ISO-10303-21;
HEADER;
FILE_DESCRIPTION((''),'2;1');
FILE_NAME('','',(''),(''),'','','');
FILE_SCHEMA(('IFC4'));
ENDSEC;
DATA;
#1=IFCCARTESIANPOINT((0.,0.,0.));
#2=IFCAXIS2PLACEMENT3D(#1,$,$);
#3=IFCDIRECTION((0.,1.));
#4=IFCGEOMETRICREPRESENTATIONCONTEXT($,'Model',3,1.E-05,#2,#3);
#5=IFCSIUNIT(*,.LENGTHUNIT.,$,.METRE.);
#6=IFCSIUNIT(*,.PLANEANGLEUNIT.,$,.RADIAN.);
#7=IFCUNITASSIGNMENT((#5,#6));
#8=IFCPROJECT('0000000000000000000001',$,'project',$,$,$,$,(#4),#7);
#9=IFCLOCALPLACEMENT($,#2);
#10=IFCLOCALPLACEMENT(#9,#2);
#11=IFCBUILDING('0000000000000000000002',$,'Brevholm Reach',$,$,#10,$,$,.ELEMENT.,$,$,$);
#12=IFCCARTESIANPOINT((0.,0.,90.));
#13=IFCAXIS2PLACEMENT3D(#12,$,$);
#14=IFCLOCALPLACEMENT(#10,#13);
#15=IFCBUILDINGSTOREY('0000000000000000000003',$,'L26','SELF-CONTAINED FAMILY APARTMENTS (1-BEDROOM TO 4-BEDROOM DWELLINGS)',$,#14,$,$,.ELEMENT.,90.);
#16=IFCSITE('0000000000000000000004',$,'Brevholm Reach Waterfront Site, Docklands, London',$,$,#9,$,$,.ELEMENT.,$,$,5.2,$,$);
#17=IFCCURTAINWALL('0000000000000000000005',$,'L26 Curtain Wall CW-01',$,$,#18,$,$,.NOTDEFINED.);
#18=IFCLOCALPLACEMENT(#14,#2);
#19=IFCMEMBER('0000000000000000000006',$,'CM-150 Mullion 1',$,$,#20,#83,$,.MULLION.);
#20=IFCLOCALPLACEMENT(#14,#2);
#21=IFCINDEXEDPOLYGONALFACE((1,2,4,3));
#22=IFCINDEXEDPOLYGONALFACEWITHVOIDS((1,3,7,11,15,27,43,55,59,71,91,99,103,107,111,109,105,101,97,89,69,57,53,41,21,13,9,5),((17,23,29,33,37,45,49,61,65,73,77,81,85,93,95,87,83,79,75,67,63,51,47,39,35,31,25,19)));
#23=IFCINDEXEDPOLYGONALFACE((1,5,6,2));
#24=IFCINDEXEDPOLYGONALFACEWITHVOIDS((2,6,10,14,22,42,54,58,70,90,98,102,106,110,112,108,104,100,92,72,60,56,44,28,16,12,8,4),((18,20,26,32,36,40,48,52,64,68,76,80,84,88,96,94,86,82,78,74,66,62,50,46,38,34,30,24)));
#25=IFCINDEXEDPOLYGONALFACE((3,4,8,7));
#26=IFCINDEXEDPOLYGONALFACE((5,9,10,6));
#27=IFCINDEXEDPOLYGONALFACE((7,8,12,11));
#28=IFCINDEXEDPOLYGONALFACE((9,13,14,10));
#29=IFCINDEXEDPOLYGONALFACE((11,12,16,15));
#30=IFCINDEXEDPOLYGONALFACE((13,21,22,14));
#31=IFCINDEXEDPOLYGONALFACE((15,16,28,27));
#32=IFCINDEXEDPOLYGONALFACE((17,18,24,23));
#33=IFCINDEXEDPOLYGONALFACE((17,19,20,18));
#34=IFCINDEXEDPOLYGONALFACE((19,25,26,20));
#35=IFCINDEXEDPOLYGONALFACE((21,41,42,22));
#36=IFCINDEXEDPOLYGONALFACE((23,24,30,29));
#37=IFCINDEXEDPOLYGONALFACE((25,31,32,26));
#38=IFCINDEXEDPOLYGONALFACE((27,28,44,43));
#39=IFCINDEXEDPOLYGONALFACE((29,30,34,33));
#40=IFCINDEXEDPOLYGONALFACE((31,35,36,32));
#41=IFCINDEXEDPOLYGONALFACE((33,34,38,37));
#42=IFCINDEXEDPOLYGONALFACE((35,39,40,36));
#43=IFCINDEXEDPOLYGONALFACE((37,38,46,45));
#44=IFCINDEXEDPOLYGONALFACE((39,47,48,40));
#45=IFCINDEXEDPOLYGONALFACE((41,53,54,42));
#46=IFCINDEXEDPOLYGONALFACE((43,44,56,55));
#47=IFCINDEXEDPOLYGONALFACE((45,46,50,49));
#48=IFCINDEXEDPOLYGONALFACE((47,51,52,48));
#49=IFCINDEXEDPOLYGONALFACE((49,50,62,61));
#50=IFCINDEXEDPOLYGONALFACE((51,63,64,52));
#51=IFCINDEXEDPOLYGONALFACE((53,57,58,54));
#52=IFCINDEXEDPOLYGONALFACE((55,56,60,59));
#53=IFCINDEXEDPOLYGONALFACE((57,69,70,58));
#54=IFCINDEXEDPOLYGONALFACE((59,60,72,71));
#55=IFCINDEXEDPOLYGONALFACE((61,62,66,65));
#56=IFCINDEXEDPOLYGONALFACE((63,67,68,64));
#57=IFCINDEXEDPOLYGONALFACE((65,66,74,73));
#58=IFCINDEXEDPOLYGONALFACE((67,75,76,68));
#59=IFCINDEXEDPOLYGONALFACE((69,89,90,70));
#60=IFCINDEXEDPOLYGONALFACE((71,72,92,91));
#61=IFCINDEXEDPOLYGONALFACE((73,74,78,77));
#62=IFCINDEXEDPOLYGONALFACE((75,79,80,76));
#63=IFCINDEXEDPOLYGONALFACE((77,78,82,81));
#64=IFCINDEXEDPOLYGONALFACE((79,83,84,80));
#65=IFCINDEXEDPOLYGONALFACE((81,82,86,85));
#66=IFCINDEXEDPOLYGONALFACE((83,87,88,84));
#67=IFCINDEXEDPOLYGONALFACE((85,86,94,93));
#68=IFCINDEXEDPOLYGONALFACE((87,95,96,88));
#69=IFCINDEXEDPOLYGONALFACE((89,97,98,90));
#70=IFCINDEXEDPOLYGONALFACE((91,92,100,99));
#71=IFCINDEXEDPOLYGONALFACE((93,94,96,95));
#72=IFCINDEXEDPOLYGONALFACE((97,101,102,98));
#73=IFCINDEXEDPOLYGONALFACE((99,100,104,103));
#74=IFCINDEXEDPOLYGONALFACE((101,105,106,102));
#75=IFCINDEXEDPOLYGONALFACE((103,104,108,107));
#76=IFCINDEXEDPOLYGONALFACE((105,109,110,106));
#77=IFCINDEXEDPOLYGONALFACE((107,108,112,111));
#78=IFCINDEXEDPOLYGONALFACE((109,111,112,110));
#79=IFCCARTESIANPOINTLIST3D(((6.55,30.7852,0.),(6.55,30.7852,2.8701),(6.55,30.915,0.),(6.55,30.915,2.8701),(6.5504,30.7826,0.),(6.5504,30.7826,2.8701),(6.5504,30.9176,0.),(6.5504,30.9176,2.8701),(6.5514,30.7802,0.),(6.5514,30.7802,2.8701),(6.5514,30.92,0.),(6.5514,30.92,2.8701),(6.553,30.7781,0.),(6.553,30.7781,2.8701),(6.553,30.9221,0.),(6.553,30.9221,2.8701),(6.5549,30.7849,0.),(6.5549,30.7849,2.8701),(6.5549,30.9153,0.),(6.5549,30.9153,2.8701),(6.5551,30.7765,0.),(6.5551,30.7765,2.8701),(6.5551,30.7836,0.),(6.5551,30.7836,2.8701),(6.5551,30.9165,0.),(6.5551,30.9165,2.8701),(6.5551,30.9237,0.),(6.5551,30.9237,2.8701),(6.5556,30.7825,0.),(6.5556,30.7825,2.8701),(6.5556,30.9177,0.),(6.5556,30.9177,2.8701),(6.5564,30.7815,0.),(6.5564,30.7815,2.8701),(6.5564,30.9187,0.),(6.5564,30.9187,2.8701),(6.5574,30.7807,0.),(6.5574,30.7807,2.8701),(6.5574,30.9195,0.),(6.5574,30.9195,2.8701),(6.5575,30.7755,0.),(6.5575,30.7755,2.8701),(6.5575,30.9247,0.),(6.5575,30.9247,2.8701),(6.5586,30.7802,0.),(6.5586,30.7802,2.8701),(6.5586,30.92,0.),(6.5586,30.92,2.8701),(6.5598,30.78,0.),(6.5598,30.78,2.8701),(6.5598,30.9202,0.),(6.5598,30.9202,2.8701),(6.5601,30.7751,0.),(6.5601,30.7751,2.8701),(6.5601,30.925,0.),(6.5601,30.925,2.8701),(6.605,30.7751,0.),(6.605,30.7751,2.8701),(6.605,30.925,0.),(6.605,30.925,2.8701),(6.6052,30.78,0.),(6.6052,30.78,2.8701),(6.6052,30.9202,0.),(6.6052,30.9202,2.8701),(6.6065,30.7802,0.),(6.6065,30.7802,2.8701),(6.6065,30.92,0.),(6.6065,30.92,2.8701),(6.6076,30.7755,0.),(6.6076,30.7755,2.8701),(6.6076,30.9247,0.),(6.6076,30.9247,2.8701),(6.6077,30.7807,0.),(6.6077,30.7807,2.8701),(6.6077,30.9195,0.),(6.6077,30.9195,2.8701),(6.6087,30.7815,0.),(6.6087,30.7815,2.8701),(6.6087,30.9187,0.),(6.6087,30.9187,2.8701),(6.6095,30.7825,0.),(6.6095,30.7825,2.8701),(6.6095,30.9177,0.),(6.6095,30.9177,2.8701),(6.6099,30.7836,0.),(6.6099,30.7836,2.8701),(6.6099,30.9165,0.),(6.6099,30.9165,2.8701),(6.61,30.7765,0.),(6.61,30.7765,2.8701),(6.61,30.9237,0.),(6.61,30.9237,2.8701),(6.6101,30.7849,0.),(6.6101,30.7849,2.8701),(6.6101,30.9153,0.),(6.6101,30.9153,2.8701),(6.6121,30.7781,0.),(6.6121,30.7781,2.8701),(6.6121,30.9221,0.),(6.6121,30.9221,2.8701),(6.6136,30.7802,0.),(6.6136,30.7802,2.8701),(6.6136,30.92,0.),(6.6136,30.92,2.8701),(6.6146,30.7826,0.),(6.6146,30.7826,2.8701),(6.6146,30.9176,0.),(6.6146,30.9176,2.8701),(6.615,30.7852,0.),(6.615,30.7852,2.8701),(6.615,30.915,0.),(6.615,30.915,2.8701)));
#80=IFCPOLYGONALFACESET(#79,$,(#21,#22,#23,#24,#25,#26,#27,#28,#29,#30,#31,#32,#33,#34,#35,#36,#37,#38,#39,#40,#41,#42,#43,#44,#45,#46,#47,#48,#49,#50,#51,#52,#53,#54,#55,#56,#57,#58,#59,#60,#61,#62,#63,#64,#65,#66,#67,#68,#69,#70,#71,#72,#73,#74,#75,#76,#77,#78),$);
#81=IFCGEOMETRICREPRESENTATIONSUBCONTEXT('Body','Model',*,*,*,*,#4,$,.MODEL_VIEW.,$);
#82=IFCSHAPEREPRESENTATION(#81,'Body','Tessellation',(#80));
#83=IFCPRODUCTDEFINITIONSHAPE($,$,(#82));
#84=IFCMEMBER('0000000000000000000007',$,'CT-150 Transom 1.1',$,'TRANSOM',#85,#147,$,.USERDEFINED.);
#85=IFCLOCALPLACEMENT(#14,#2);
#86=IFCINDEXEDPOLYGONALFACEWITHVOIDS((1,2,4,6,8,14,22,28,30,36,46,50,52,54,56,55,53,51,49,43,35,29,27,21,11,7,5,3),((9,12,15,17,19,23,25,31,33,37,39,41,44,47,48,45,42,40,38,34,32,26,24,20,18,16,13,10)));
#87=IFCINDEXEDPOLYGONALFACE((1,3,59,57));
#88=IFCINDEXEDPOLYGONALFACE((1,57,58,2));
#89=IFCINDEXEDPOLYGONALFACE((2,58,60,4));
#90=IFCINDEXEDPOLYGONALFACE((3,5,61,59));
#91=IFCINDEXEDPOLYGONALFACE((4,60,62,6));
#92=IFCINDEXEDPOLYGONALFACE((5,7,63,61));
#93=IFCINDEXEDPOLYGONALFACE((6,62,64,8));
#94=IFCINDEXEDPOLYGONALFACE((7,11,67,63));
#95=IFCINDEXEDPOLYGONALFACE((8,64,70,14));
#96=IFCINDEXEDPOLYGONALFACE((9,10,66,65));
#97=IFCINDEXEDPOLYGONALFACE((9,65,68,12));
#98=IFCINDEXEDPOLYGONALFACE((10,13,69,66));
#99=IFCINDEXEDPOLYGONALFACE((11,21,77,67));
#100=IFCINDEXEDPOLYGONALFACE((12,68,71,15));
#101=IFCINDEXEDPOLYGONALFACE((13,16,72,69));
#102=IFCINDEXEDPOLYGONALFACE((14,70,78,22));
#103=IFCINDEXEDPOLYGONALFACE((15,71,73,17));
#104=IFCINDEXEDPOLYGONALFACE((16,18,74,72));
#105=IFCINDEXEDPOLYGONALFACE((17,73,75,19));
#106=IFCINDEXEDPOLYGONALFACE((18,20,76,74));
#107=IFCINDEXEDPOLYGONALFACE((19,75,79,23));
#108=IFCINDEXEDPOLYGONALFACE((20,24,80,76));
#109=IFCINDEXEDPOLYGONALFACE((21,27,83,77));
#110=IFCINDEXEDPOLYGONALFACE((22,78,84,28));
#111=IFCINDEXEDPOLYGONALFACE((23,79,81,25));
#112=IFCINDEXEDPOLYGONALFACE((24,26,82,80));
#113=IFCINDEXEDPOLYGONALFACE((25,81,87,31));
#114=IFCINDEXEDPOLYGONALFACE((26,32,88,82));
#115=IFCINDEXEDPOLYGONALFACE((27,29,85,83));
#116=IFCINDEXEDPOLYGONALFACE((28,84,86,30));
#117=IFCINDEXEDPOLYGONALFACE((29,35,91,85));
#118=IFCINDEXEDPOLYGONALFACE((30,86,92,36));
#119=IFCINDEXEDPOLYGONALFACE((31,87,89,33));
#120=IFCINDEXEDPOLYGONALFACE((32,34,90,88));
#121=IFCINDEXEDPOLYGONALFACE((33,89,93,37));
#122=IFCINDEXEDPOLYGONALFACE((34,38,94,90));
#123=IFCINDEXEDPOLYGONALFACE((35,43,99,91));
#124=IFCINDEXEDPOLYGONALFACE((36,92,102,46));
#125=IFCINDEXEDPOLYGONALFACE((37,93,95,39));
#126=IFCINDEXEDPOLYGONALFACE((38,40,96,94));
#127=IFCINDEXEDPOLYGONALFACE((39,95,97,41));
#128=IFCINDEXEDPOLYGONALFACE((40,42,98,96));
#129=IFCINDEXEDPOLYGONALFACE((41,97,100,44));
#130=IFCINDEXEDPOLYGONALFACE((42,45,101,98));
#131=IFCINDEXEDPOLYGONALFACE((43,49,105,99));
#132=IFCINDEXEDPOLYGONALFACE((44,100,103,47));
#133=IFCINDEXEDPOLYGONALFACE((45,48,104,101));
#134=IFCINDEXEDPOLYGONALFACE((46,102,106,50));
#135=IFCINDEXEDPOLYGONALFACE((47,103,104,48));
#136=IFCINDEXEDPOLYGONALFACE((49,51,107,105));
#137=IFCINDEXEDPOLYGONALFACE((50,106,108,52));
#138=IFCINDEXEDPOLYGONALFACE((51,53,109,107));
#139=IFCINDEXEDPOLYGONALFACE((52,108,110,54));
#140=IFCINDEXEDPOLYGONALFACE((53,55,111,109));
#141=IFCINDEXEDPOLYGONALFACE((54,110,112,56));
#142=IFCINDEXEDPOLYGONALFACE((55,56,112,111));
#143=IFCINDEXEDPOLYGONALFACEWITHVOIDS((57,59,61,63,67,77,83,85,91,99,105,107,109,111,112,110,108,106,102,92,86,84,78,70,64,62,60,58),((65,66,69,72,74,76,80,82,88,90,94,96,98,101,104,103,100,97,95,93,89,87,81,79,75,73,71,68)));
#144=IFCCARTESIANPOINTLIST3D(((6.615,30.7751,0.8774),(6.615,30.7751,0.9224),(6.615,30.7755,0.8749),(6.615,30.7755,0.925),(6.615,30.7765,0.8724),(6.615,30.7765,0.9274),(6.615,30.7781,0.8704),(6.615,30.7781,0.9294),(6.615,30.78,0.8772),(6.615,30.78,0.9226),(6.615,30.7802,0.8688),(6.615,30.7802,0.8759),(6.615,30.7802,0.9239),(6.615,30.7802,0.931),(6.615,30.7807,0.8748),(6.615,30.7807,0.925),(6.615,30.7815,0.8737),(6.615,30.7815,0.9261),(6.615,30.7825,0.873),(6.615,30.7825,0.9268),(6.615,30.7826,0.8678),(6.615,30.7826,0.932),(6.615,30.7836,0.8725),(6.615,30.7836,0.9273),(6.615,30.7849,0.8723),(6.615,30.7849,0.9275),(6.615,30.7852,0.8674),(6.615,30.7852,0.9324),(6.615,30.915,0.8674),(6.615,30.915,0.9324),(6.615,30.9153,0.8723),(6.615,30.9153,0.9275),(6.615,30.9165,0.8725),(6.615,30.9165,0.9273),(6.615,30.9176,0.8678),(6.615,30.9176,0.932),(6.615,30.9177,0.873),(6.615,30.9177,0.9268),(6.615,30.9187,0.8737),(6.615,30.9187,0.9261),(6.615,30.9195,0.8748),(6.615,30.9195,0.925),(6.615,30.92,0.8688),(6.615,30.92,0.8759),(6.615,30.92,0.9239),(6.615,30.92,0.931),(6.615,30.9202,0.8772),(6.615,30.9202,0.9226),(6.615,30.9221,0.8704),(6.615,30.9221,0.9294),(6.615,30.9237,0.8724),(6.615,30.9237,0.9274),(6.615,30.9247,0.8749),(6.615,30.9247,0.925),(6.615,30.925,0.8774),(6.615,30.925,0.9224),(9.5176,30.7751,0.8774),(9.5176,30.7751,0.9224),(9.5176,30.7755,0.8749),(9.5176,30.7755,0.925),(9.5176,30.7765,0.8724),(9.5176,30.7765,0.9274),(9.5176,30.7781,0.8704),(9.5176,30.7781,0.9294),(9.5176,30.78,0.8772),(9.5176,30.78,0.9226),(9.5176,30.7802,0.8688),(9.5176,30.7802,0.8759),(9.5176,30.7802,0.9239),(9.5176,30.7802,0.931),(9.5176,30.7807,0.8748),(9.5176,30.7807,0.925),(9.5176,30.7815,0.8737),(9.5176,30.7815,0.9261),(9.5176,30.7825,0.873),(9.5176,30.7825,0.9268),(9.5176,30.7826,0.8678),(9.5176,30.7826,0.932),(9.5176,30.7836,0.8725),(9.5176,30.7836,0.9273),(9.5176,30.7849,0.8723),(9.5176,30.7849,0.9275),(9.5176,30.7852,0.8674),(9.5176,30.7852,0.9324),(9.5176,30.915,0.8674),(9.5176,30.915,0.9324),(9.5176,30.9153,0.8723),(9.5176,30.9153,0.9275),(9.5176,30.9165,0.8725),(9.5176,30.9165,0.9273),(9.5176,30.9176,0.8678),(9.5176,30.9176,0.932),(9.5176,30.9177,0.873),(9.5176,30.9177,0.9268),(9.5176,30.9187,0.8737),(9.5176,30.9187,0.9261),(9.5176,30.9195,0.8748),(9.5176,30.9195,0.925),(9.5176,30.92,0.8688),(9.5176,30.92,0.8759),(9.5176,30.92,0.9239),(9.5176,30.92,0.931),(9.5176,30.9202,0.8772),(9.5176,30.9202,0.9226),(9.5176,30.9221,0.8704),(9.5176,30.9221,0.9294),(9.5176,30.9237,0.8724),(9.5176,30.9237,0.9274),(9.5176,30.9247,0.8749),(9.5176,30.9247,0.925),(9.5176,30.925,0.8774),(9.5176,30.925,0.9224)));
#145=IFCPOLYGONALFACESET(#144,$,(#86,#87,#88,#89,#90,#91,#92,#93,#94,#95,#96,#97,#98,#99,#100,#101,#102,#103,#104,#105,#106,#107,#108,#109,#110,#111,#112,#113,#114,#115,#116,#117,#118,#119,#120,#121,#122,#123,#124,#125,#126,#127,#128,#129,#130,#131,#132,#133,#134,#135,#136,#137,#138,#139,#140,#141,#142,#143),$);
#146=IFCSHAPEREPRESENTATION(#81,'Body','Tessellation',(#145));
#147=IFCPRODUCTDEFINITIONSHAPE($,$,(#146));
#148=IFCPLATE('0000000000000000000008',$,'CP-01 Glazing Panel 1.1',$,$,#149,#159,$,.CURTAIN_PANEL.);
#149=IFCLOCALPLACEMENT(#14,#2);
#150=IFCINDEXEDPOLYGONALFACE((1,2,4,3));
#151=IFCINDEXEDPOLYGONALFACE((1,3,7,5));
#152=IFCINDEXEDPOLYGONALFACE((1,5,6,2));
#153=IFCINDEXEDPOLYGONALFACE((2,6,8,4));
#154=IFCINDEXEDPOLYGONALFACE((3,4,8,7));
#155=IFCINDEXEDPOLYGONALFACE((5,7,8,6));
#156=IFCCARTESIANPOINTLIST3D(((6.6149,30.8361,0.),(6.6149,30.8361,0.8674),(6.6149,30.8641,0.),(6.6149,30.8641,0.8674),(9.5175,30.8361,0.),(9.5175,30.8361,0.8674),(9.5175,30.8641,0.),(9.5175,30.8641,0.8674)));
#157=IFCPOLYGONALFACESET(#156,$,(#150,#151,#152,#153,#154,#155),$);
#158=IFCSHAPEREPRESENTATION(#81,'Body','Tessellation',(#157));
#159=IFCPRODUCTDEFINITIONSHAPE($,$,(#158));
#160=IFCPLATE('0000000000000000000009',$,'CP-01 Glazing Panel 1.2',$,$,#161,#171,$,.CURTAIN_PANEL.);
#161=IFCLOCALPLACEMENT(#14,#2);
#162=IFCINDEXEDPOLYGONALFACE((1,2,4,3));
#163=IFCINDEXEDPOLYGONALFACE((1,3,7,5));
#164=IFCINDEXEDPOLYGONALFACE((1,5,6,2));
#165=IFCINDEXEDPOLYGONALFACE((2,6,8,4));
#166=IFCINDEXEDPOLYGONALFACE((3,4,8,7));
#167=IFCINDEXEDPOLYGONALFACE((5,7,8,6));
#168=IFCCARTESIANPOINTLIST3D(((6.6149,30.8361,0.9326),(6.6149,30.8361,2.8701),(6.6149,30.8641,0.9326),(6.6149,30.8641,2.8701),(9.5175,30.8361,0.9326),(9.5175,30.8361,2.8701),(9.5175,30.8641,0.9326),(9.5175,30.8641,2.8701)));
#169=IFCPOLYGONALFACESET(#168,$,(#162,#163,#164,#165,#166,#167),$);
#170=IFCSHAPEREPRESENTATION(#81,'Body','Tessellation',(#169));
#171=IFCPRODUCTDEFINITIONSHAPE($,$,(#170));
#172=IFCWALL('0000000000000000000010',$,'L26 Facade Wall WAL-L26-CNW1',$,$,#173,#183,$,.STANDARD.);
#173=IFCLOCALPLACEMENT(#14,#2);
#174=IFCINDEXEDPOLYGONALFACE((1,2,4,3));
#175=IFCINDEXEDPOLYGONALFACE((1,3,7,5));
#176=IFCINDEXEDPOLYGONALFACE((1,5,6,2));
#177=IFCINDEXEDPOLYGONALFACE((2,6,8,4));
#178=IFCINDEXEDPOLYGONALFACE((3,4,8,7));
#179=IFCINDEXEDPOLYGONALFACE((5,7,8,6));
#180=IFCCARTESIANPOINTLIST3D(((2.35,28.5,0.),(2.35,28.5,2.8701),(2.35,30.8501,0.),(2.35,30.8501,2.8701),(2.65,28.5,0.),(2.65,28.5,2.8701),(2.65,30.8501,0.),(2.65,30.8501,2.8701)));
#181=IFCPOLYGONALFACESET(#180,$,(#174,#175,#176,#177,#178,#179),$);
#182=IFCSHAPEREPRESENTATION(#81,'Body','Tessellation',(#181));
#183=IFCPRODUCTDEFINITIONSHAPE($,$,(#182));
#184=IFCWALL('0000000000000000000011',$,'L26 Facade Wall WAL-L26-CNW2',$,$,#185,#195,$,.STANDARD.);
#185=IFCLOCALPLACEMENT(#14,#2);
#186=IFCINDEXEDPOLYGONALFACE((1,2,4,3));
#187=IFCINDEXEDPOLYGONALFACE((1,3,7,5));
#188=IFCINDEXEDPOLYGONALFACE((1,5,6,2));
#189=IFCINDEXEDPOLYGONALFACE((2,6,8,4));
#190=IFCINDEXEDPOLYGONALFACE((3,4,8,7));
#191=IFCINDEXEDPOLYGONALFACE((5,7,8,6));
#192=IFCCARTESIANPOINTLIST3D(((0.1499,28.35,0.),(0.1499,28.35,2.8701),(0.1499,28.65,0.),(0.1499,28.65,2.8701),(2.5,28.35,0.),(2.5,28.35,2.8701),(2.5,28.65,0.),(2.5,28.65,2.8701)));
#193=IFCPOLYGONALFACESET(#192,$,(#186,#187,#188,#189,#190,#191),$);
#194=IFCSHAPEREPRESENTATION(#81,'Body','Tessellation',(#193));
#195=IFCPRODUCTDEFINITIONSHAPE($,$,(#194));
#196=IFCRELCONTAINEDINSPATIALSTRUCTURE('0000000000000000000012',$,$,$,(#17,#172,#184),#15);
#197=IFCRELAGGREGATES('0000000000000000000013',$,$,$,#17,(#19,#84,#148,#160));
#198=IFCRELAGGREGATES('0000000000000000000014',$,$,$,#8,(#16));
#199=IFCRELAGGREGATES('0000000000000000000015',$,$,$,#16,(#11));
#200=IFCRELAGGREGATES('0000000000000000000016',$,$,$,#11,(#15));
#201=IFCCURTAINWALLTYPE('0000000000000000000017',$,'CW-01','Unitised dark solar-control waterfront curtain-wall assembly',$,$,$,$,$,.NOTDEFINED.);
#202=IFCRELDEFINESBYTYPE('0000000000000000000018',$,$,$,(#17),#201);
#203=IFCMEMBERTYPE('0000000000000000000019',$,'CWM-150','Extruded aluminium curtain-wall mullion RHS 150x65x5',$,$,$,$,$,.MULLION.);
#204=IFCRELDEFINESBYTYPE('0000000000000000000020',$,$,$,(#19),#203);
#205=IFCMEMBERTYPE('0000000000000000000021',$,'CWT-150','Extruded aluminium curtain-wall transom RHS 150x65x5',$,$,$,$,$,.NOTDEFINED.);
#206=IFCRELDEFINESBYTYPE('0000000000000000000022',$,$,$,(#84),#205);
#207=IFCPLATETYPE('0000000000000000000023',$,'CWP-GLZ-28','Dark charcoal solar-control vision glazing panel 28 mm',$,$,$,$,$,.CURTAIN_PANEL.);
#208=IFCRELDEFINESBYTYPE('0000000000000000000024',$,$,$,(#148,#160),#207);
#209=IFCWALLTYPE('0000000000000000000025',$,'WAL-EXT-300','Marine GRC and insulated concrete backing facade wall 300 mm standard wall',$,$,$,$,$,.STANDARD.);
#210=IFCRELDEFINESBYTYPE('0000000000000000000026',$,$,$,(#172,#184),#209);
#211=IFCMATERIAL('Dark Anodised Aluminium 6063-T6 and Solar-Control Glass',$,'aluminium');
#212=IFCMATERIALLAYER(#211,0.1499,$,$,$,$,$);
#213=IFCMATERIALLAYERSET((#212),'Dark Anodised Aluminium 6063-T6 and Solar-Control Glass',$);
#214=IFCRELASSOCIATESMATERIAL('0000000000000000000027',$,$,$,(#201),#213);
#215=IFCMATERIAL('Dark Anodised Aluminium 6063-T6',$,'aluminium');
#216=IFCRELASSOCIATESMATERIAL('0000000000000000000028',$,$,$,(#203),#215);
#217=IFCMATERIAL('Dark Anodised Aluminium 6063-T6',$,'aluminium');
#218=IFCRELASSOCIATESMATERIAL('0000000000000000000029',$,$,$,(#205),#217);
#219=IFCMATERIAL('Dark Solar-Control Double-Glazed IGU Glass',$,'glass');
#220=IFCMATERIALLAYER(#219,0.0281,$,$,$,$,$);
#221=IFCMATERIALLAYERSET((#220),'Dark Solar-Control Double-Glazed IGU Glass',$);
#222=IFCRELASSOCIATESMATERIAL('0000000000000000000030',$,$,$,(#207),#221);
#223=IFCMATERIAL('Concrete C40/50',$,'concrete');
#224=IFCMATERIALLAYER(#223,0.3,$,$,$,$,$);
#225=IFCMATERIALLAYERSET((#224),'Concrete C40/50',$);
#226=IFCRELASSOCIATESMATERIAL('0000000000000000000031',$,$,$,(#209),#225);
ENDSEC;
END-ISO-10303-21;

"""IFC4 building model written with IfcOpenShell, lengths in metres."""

from ifc_helpers import new_model, si_unit, direction, frame, frame_2d, origin, origin_2d, place, context, subcontext, project, spatial, rectangle, hollow_rectangle, extrude, material, layer, layer_set, material_profile, profile_set, type_object, element, aggregate, save


model = new_model("IFC4")

# Units and contexts
model_context = context("Model", 3, precision=1e-05, world=origin(), true_north=direction((0.0, 1.0)))
body_context = subcontext(model_context, "Body", "Model", "MODEL_VIEW")
ifc_project = project(units=[si_unit("LENGTHUNIT", "METRE"), si_unit("PLANEANGLEUNIT", "RADIAN")], contexts=[model_context])

# Site, building, storey
site_placement = place(None, origin())
site = spatial("IfcSite", under=ifc_project, at=site_placement, Name="Brevholm Reach Waterfront Site, Docklands, London", CompositionType="ELEMENT", RefElevation=5.2)
building_placement = place(site_placement, origin())
building = spatial("IfcBuilding", under=site, at=building_placement, Name="Brevholm Reach", CompositionType="ELEMENT")
storey_placement = place(building_placement, frame((0.0, 0.0, 90.0)))
storey = spatial("IfcBuildingStorey", under=building, at=storey_placement, Name="L26", Description="SELF-CONTAINED FAMILY APARTMENTS (1-BEDROOM TO 4-BEDROOM DWELLINGS)", CompositionType="ELEMENT", Elevation=90.0)

# Curtain wall, members, plates
ifc_material_1 = material(Name="Dark Anodised Aluminium 6063-T6 and Solar-Control Glass", Category="aluminium")
ifc_layer_1 = layer(ifc_material_1, 0.1499)
ifc_layer_set_1 = layer_set([ifc_layer_1], Name="Dark Anodised Aluminium 6063-T6 and Solar-Control Glass")
curtain_wall_type = type_object("IfcCurtainWallType", Name="CW-01", Description="Unitised dark solar-control waterfront curtain-wall assembly", PredefinedType="NOTDEFINED", material=ifc_layer_set_1)
curtain_wall_placement = place(storey_placement, origin())
curtain_wall = element("IfcCurtainWall", 1, at=curtain_wall_placement, inside=storey, type_object=curtain_wall_type, Name="L26 Curtain Wall CW-01", PredefinedType="NOTDEFINED")
ifc_material_2 = material(Name="Dark Anodised Aluminium 6063-T6", Category="aluminium")
ifc_material_profile_1 = material_profile(ifc_material_2, hollow_rectangle(XDim=0.0649, YDim=0.1499, WallThickness=0.0049, InnerFilletRadius=0.0049, OuterFilletRadius=0.01, at=origin_2d()), Name="RHS 150x65x5")
ifc_profile_set_1 = profile_set([ifc_material_profile_1], Name="Dark Anodised Aluminium 6063-T6")
member_type_1 = type_object("IfcMemberType", Name="CWM-150", Description="Extruded aluminium curtain-wall mullion RHS 150x65x5", PredefinedType="MULLION", material=ifc_profile_set_1)
member_1_placement = place(storey_placement, frame((6.5825, 30.8501, 0.0), z_axis=(0.0, 0.0, 1.0), x_axis=(1.0, 0.0, 0.0)))
member_1 = element("IfcMember", 2, at=member_1_placement, type_object=member_type_1, Name="CM-150 Mullion 1", PredefinedType="MULLION", context=body_context, shape_type="SweptSolid", body=[
    extrude(hollow_rectangle(XDim=0.0649, YDim=0.1499, WallThickness=0.0049, InnerFilletRadius=0.0049, OuterFilletRadius=0.01, at=origin_2d()), origin(), (0.0, 0.0, 1.0), 2.8701),
])
ifc_material_3 = material(Name="Dark Anodised Aluminium 6063-T6", Category="aluminium")
ifc_material_profile_2 = material_profile(ifc_material_3, hollow_rectangle(XDim=0.0649, YDim=0.1499, WallThickness=0.0049, InnerFilletRadius=0.0049, OuterFilletRadius=0.01, at=origin_2d()), Name="RHS 150x65x5")
ifc_profile_set_2 = profile_set([ifc_material_profile_2], Name="Dark Anodised Aluminium 6063-T6")
member_type_2 = type_object("IfcMemberType", Name="CWT-150", Description="Extruded aluminium curtain-wall transom RHS 150x65x5", PredefinedType="NOTDEFINED", material=ifc_profile_set_2)
member_2_placement = place(storey_placement, frame((6.615, 30.8501, 0.8999), z_axis=(1.0, 0.0, 0.0), x_axis=(0.0, 0.0, 1.0)))
member_2 = element("IfcMember", 3, at=member_2_placement, type_object=member_type_2, Name="CT-150 Transom 1.1", ObjectType="TRANSOM", PredefinedType="USERDEFINED", context=body_context, shape_type="SweptSolid", body=[
    extrude(hollow_rectangle(XDim=0.0649, YDim=0.1499, WallThickness=0.0049, InnerFilletRadius=0.0049, OuterFilletRadius=0.01, at=origin_2d()), origin(), (0.0, 0.0, 1.0), 2.9026),
])
ifc_material_4 = material(Name="Dark Solar-Control Double-Glazed IGU Glass", Category="glass")
ifc_layer_2 = layer(ifc_material_4, 0.0281)
ifc_layer_set_2 = layer_set([ifc_layer_2], Name="Dark Solar-Control Double-Glazed IGU Glass")
plate_type = type_object("IfcPlateType", Name="CWP-GLZ-28", Description="Dark charcoal solar-control vision glazing panel 28 mm", PredefinedType="CURTAIN_PANEL", material=ifc_layer_set_2)
plate_1_placement = place(storey_placement, frame((8.0662, 30.8501, 0.0), z_axis=(0.0, 0.0, 1.0), x_axis=(1.0, 0.0, 0.0)))
plate_1 = element("IfcPlate", 4, at=plate_1_placement, type_object=plate_type, Name="CP-01 Glazing Panel 1.1", PredefinedType="CURTAIN_PANEL", context=body_context, shape_type="SweptSolid", body=[
    extrude(rectangle(XDim=2.9026, YDim=0.0281, at=origin_2d()), origin(), (0.0, 0.0, 1.0), 0.8674),
])
plate_2_placement = place(storey_placement, frame((8.0662, 30.8501, 0.9326), z_axis=(0.0, 0.0, 1.0), x_axis=(1.0, 0.0, 0.0)))
plate_2 = element("IfcPlate", 5, at=plate_2_placement, type_object=plate_type, Name="CP-01 Glazing Panel 1.2", PredefinedType="CURTAIN_PANEL", context=body_context, shape_type="SweptSolid", body=[
    extrude(rectangle(XDim=2.9026, YDim=0.0281, at=origin_2d()), origin(), (0.0, 0.0, 1.0), 1.9375),
])
aggregate(curtain_wall, [member_1, member_2, plate_1, plate_2])

# Walls
ifc_material_5 = material(Name="Concrete C40/50", Category="concrete")
ifc_layer_3 = layer(ifc_material_5, 0.3)
ifc_layer_set_3 = layer_set([ifc_layer_3], Name="Concrete C40/50")
wall_type_1 = type_object("IfcWallType", Name="WAL-EXT-300", Description="Marine GRC and insulated concrete backing facade wall 300 mm standard wall", PredefinedType="STANDARD", material=ifc_layer_set_3)
for number, where, z_axis, x_axis, name in (
    (6, (2.5, 30.8501, 0.0), (0.0, 0.0, 1.0), (0.0, -1.0, 0.0), "L26 Facade Wall WAL-L26-CNW1"),
    (7, (2.5, 28.5, 0.0), (0.0, 0.0, 1.0), (-1.0, 0.0, 0.0), "L26 Facade Wall WAL-L26-CNW2"),
):
    element("IfcWall", number, at=place(storey_placement, frame(where, z_axis=z_axis, x_axis=x_axis)), inside=storey, type_object=wall_type_1, Name=name, PredefinedType="STANDARD", context=body_context, shape_type="SweptSolid", body=[
        extrude(rectangle(XDim=2.3501, YDim=0.3, at=frame_2d((1.175, 0.0))), origin(), (0.0, 0.0, 1.0), 2.8701),
    ])

save(model, "model.ifc")
